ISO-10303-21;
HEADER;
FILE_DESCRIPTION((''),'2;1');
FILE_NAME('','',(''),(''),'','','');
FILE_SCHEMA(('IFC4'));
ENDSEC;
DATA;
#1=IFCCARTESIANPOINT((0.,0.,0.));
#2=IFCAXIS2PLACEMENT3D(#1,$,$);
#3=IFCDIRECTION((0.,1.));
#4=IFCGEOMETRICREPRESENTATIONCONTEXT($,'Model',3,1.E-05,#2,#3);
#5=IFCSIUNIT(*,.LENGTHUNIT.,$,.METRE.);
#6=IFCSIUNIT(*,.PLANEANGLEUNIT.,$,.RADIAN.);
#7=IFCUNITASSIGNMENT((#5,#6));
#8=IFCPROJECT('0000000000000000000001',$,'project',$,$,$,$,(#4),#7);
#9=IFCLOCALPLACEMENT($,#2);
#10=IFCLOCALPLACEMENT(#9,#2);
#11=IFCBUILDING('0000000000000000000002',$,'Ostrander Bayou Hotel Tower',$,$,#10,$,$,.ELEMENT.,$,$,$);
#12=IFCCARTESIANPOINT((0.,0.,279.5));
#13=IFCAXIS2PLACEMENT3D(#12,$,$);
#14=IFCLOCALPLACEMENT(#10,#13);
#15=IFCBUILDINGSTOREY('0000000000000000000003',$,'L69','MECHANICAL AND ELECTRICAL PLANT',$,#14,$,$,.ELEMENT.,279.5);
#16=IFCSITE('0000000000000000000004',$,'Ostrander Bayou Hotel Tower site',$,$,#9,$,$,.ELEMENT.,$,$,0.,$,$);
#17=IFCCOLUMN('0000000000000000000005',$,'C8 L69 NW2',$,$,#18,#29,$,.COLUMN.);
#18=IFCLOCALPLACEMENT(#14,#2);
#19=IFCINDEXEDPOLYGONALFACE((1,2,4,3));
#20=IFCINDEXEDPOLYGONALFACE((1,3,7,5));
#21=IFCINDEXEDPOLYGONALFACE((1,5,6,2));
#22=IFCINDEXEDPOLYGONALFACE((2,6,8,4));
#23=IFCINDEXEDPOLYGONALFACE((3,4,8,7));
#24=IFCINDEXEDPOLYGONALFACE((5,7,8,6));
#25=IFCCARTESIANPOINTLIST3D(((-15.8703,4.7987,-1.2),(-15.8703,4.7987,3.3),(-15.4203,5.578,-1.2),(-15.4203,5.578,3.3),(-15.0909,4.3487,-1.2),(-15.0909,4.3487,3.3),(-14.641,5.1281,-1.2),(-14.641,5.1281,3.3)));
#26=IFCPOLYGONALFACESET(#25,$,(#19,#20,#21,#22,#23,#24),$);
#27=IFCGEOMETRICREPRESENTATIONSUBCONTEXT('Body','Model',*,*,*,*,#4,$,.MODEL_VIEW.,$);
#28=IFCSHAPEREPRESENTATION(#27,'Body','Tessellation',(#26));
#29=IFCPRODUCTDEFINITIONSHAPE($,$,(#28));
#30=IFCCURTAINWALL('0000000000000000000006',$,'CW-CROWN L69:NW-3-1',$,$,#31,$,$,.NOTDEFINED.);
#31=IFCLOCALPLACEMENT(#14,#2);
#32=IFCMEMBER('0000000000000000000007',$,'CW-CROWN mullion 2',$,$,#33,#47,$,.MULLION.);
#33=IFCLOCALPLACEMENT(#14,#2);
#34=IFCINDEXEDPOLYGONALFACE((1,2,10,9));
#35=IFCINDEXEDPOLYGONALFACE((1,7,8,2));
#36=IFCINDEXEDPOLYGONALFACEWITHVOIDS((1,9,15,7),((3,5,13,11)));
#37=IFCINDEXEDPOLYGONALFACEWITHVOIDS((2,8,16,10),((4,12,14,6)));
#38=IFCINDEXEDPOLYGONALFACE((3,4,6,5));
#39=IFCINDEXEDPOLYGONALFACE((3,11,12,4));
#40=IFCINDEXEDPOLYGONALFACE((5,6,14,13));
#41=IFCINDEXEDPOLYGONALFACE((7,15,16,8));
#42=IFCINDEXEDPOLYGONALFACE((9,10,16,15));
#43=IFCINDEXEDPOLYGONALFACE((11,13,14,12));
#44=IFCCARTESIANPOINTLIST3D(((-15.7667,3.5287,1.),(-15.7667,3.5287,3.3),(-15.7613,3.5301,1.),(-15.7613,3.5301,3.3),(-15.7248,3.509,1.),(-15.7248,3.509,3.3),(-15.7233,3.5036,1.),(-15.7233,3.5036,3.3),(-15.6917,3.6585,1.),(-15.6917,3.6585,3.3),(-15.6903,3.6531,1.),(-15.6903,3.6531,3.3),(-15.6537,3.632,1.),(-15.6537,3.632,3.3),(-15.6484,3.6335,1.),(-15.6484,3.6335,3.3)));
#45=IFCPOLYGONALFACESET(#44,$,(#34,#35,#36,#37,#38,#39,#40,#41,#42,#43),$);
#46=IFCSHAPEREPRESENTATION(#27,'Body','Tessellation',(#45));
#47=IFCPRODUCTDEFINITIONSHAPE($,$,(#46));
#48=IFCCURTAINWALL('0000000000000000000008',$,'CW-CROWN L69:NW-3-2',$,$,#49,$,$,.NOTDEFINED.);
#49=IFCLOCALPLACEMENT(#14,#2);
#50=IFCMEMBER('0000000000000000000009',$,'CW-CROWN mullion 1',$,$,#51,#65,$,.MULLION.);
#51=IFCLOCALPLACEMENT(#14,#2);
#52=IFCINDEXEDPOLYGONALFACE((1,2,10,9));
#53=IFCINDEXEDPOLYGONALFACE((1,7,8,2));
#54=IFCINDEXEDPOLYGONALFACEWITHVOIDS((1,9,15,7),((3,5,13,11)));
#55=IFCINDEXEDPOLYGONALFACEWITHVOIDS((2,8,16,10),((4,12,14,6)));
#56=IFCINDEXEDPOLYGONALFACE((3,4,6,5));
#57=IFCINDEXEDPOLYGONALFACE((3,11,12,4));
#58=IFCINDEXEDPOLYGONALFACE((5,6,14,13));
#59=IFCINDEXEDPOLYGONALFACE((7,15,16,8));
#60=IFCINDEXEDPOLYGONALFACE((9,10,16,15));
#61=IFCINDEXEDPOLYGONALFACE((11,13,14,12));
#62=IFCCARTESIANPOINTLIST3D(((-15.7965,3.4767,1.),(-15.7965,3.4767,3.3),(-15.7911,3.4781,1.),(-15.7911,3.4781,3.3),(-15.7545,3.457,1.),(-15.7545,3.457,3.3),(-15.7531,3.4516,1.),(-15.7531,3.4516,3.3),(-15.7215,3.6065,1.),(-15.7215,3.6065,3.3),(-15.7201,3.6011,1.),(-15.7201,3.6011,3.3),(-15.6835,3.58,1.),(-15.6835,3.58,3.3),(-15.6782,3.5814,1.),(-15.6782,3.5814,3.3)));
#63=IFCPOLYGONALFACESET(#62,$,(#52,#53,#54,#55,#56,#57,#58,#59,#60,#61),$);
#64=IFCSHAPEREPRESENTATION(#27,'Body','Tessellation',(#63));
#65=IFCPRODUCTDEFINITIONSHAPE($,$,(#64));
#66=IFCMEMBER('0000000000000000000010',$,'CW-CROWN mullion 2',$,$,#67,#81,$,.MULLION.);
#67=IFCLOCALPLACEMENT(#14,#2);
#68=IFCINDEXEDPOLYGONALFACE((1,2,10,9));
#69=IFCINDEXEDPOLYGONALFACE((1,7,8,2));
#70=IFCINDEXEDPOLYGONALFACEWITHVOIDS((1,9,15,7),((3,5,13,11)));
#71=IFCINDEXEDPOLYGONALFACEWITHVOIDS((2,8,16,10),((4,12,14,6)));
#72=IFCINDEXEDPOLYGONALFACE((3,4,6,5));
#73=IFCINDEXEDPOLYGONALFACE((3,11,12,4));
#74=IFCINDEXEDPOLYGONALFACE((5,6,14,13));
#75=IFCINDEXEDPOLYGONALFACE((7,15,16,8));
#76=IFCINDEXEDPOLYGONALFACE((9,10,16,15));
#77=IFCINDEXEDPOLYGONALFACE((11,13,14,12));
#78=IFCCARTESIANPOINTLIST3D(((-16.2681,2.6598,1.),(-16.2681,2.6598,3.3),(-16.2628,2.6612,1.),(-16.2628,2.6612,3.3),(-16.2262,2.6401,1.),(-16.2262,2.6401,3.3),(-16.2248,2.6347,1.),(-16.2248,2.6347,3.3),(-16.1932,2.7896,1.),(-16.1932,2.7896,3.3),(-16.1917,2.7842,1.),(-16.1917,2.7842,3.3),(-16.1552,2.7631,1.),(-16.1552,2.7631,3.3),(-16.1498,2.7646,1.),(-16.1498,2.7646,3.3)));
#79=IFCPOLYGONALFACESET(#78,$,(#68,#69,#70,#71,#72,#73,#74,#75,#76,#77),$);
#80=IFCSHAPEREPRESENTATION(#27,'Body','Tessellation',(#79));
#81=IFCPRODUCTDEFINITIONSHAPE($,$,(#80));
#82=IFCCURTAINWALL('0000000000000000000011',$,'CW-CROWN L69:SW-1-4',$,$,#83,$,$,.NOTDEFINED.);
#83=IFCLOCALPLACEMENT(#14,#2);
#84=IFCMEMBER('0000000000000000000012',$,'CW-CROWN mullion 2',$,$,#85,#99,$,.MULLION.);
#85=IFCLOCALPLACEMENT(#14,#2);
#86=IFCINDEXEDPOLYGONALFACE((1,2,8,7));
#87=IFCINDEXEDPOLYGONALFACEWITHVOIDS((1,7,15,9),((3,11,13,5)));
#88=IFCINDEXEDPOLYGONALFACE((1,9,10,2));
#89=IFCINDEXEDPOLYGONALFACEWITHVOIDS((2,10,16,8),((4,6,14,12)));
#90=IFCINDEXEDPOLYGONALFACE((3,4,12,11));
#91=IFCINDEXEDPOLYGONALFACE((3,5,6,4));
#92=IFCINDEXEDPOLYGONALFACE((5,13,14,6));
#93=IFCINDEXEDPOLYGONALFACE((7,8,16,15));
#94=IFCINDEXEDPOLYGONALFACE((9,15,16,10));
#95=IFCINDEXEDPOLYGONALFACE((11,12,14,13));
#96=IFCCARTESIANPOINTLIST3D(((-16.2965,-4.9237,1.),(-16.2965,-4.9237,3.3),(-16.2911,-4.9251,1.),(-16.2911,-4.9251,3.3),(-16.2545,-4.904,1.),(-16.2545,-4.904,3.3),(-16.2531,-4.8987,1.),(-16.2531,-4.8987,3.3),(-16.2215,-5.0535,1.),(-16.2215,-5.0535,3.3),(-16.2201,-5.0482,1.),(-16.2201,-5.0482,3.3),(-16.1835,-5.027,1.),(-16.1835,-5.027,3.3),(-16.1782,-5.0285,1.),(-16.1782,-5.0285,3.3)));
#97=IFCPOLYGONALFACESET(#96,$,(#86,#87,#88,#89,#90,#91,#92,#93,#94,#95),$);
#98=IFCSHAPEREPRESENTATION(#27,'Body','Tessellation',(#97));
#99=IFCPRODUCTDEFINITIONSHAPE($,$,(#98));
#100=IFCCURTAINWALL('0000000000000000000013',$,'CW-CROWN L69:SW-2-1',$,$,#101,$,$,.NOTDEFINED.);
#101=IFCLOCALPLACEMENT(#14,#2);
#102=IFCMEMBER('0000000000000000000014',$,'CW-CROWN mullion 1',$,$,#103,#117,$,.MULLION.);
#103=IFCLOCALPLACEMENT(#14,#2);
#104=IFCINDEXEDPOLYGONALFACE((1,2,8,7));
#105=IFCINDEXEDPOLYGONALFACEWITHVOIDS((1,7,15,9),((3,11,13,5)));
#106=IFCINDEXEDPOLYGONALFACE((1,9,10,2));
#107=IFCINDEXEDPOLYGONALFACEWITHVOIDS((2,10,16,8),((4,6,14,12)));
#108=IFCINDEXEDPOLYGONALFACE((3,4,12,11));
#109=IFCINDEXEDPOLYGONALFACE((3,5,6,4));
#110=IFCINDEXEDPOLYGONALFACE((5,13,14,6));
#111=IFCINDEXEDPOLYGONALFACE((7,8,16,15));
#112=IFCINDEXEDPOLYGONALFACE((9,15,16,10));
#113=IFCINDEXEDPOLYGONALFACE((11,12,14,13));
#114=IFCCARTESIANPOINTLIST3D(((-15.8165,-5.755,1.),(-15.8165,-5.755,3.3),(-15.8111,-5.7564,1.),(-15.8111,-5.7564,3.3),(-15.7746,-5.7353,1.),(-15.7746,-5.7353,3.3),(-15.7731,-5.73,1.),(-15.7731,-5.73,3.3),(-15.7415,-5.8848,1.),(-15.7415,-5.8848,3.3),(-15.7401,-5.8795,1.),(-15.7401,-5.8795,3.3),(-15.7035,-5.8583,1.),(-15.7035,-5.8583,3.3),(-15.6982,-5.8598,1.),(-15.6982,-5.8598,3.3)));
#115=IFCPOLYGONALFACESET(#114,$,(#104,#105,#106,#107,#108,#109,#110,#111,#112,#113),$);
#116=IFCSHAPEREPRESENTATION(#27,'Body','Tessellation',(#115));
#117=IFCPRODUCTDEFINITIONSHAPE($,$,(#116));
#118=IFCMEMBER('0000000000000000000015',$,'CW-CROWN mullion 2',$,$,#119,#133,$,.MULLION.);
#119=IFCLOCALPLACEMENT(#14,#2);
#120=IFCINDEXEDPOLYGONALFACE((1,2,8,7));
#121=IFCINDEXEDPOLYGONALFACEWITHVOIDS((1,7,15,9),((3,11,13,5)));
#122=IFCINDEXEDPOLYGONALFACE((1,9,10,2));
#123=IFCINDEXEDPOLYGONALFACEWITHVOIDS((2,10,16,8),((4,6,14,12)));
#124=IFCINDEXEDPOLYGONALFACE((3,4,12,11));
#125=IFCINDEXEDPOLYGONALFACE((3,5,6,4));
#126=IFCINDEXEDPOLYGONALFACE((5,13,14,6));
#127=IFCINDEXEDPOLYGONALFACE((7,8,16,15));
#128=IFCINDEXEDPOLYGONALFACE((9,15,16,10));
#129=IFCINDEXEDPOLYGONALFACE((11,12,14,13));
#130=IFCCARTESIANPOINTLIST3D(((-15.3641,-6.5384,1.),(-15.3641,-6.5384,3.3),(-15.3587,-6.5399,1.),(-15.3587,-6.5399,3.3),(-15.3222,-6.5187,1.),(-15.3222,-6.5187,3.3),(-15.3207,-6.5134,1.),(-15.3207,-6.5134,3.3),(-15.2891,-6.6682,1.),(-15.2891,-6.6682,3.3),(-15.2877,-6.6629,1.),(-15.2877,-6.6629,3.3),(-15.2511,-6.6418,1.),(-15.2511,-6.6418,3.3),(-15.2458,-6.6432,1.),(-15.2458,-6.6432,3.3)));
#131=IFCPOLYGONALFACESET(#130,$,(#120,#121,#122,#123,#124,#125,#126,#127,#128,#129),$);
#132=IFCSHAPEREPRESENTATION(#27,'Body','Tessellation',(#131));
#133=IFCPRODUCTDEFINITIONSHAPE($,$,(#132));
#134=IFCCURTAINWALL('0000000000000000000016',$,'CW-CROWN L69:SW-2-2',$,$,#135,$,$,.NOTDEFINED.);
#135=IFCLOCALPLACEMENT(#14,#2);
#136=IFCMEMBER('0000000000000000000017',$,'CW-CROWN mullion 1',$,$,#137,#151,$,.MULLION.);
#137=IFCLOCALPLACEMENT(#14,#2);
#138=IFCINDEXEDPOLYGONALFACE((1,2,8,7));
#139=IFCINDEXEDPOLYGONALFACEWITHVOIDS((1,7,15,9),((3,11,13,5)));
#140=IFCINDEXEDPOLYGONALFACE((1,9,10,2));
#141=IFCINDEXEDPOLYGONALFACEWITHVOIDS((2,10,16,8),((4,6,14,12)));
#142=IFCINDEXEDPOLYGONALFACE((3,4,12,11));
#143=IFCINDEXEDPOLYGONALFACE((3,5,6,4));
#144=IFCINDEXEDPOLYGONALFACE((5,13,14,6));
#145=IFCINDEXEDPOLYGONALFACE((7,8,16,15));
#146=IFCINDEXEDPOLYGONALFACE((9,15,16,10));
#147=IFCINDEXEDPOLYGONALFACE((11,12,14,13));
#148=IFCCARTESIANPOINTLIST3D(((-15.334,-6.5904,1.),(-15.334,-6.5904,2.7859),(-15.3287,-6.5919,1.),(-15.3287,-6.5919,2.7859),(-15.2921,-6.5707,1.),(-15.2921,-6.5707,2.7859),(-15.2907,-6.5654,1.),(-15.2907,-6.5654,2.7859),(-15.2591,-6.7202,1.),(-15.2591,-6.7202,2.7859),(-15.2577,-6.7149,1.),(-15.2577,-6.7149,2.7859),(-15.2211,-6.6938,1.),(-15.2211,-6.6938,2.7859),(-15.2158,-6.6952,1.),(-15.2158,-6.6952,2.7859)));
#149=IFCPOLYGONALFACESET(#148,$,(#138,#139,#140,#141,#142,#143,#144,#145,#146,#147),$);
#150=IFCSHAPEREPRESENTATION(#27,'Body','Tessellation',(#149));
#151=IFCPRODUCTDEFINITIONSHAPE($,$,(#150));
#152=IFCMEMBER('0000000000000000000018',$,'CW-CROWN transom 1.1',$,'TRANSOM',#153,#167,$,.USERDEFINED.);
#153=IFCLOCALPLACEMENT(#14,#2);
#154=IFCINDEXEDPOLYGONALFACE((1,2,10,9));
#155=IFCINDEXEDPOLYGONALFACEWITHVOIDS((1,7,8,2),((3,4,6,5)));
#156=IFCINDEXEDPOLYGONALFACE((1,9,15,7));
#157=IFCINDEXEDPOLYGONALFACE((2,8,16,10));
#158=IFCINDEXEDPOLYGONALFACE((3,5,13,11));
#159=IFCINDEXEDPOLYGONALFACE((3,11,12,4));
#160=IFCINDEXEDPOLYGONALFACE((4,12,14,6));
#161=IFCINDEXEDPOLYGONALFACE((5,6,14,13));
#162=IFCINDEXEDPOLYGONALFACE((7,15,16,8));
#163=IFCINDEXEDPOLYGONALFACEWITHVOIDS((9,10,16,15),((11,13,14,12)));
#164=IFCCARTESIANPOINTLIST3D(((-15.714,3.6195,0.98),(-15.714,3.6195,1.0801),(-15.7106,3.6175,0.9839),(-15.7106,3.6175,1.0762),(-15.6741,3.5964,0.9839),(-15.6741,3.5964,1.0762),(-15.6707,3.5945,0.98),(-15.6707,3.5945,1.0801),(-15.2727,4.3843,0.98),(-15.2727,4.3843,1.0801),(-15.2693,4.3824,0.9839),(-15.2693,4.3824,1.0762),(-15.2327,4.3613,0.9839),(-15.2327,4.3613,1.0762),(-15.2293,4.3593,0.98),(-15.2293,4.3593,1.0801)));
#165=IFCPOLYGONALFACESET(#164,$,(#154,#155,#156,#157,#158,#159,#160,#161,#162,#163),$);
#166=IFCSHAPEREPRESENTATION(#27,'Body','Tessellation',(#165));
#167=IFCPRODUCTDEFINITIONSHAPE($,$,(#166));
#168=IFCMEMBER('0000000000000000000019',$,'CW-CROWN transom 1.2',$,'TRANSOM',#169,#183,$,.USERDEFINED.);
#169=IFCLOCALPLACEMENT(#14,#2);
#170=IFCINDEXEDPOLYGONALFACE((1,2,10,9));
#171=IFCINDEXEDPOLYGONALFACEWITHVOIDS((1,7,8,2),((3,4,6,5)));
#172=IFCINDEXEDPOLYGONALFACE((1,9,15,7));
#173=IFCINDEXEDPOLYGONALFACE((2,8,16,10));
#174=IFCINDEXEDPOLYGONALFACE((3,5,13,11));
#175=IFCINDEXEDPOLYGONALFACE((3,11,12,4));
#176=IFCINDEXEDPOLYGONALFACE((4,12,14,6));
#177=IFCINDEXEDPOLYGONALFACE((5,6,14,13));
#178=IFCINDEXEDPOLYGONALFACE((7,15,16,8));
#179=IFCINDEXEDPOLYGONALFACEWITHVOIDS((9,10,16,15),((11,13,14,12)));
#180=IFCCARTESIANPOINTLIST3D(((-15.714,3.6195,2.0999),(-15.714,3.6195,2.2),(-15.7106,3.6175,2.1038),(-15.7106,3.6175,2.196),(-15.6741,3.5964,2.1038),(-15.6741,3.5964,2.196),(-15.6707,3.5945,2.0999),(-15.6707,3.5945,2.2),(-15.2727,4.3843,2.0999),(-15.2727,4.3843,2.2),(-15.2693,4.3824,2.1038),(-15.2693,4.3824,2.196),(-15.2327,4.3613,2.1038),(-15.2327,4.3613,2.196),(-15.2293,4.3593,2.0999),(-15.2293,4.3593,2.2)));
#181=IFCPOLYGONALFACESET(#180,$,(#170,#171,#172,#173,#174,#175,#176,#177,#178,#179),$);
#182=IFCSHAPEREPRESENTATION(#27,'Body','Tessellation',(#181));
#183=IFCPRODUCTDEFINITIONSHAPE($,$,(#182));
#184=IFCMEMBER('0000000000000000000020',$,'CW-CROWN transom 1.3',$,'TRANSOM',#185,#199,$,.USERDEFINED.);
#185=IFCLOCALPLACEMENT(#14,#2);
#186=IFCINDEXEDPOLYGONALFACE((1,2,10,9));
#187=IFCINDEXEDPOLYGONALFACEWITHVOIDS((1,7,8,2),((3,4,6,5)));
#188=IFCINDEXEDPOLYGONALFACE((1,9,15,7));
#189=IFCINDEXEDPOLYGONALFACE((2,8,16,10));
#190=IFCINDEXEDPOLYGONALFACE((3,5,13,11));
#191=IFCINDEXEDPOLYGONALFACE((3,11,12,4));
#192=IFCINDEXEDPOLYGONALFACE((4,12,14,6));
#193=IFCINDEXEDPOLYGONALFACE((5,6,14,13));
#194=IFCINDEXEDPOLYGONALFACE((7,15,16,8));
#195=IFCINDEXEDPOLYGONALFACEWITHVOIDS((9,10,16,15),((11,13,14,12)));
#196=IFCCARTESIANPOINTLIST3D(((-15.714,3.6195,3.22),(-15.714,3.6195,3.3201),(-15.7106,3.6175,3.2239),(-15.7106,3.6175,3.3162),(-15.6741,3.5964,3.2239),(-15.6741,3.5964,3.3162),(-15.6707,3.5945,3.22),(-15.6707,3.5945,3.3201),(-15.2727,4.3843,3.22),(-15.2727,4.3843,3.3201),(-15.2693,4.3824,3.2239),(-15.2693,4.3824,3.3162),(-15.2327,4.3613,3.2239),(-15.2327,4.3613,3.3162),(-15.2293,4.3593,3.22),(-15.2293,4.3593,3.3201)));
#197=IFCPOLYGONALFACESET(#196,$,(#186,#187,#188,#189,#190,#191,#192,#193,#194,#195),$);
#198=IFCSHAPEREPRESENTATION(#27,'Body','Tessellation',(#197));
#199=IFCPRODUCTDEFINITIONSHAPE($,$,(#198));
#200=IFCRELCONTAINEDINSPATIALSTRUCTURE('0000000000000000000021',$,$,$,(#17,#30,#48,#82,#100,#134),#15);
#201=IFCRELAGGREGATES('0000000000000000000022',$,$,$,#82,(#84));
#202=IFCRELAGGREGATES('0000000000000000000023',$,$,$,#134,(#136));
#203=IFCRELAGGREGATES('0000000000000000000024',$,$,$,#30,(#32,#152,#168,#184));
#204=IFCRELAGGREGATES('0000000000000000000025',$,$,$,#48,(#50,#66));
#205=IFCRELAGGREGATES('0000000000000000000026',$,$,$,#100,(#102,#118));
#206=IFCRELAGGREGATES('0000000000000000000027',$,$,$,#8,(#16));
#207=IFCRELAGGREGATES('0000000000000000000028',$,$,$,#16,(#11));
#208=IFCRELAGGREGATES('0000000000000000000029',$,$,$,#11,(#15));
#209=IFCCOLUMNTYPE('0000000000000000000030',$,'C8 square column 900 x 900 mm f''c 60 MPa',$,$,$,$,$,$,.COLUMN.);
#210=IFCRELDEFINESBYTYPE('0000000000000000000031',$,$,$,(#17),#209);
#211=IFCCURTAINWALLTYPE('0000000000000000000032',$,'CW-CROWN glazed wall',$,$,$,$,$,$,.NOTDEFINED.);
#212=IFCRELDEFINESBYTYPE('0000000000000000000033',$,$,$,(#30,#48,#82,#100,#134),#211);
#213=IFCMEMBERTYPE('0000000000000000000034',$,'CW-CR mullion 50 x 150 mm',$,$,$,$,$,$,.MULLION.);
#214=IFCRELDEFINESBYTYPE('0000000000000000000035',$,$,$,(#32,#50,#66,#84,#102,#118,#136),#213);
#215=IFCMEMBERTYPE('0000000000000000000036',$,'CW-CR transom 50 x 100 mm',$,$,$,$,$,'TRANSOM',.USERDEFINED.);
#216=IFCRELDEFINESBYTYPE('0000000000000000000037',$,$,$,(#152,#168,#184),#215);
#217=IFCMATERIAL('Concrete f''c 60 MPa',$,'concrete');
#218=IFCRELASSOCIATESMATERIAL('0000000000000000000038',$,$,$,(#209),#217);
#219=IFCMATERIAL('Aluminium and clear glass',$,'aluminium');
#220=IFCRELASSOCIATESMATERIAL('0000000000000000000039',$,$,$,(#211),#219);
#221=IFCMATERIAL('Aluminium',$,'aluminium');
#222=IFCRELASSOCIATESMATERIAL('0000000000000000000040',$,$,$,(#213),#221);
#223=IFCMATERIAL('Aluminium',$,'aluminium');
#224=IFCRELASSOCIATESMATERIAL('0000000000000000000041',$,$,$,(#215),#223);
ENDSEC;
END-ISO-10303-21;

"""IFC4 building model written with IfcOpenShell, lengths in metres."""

from ifc_helpers import new_model, si_unit, direction, frame, origin, origin_2d, place, context, subcontext, project, spatial, rectangle, hollow_rectangle, extrude, material, material_profile, profile_set, type_object, element, aggregate, save


model = new_model("IFC4")

# Units and contexts
model_context = context("Model", 3, precision=1e-05, world=origin(), true_north=direction((0.0, 1.0)))
body_context = subcontext(model_context, "Body", "Model", "MODEL_VIEW")
ifc_project = project(units=[si_unit("LENGTHUNIT", "METRE"), si_unit("PLANEANGLEUNIT", "RADIAN")], contexts=[model_context])

# Site, building, storey
site_placement = place(None, origin())
site = spatial("IfcSite", under=ifc_project, at=site_placement, Name="Ostrander Bayou Hotel Tower site", CompositionType="ELEMENT", RefElevation=0.0)
building_placement = place(site_placement, origin())
building = spatial("IfcBuilding", under=site, at=building_placement, Name="Ostrander Bayou Hotel Tower", CompositionType="ELEMENT")
storey_placement = place(building_placement, frame((0.0, 0.0, 279.5)))
storey = spatial("IfcBuildingStorey", under=building, at=storey_placement, Name="L69", Description="MECHANICAL AND ELECTRICAL PLANT", CompositionType="ELEMENT", Elevation=279.5)

# Column
ifc_material_1 = material(Name="Concrete f'c 60 MPa", Category="concrete")
ifc_material_profile_1 = material_profile(ifc_material_1, rectangle(XDim=0.8999, YDim=0.8999, at=origin_2d()))
ifc_profile_set_1 = profile_set([ifc_material_profile_1], Name="Concrete f'c 60 MPa")
column_type = type_object("IfcColumnType", Name="C8 square column 900 x 900 mm f'c 60 MPa", PredefinedType="COLUMN", material=ifc_profile_set_1)
column_placement = place(storey_placement, frame((-15.2556, 4.9634, -1.2), z_axis=(0.0, 0.0, 1.0), x_axis=(0.5, 0.866025, 0.0)))
element("IfcColumn", 1, at=column_placement, inside=storey, type_object=column_type, Name="C8 L69 NW2", PredefinedType="COLUMN", context=body_context, shape_type="SweptSolid", body=[
    extrude(rectangle(XDim=0.8999, YDim=0.8999, at=origin_2d()), origin(), (0.0, 0.0, 1.0), 4.5),
])

# Curtain wall, member
ifc_material_2 = material(Name="Aluminium and clear glass", Category="aluminium")
curtain_wall_type = type_object("IfcCurtainWallType", Name="CW-CROWN glazed wall", PredefinedType="NOTDEFINED", material=ifc_material_2)
curtain_wall_1_placement = place(storey_placement, origin())
curtain_wall_1 = element("IfcCurtainWall", 2, at=curtain_wall_1_placement, inside=storey, type_object=curtain_wall_type, Name="CW-CROWN L69:NW-3-1", PredefinedType="NOTDEFINED")
ifc_material_3 = material(Name="Aluminium", Category="aluminium")
ifc_material_profile_2 = material_profile(ifc_material_3, hollow_rectangle(XDim=0.05, YDim=0.1499, WallThickness=0.0039, at=origin_2d()))
ifc_profile_set_2 = profile_set([ifc_material_profile_2], Name="Aluminium")
member_type_1 = type_object("IfcMemberType", Name="CW-CR mullion 50 x 150 mm", PredefinedType="MULLION", material=ifc_profile_set_2)
member_1_placement = place(storey_placement, frame((-15.7075, 3.5811, 1.0), z_axis=(0.0, 0.0, 1.0), x_axis=(0.866044, -0.499967, 0.0)))
member_1 = element("IfcMember", 3, at=member_1_placement, type_object=member_type_1, Name="CW-CROWN mullion 2", PredefinedType="MULLION", context=body_context, shape_type="SweptSolid", body=[
    extrude(hollow_rectangle(XDim=0.05, YDim=0.1499, WallThickness=0.0039, at=origin_2d()), origin(), (0.0, 0.0, 1.0), 2.3),
])

# Curtain wall, members
curtain_wall_2_placement = place(storey_placement, origin())
curtain_wall_2 = element("IfcCurtainWall", 4, at=curtain_wall_2_placement, inside=storey, type_object=curtain_wall_type, Name="CW-CROWN L69:NW-3-2", PredefinedType="NOTDEFINED")
member_2_placement = place(storey_placement, frame((-15.7373, 3.5291, 1.0), z_axis=(0.0, 0.0, 1.0), x_axis=(0.866001, -0.500042, 0.0)))
member_2 = element("IfcMember", 5, at=member_2_placement, type_object=member_type_1, Name="CW-CROWN mullion 1", PredefinedType="MULLION", context=body_context, shape_type="SweptSolid", body=[
    extrude(hollow_rectangle(XDim=0.05, YDim=0.1499, WallThickness=0.0039, at=origin_2d()), origin(), (0.0, 0.0, 1.0), 2.3),
])
member_3_placement = place(storey_placement, frame((-16.209, 2.7122, 1.0), z_axis=(0.0, 0.0, 1.0), x_axis=(0.866001, -0.500042, 0.0)))
member_3 = element("IfcMember", 6, at=member_3_placement, type_object=member_type_1, Name="CW-CROWN mullion 2", PredefinedType="MULLION", context=body_context, shape_type="SweptSolid", body=[
    extrude(hollow_rectangle(XDim=0.05, YDim=0.1499, WallThickness=0.0039, at=origin_2d()), origin(), (0.0, 0.0, 1.0), 2.3),
])

# Curtain wall, member
curtain_wall_3_placement = place(storey_placement, origin())
curtain_wall_3 = element("IfcCurtainWall", 7, at=curtain_wall_3_placement, inside=storey, type_object=curtain_wall_type, Name="CW-CROWN L69:SW-1-4", PredefinedType="NOTDEFINED")
member_4_placement = place(storey_placement, frame((-16.2373, -4.9761, 1.0), z_axis=(0.0, 0.0, 1.0), x_axis=(0.866021, 0.500007, 0.0)))
member_4 = element("IfcMember", 8, at=member_4_placement, type_object=member_type_1, Name="CW-CROWN mullion 2", PredefinedType="MULLION", context=body_context, shape_type="SweptSolid", body=[
    extrude(hollow_rectangle(XDim=0.05, YDim=0.1499, WallThickness=0.0039, at=origin_2d()), origin(), (0.0, 0.0, 1.0), 2.3),
])
aggregate(curtain_wall_3, [member_4])

# Curtain wall, members
curtain_wall_4_placement = place(storey_placement, origin())
curtain_wall_4 = element("IfcCurtainWall", 9, at=curtain_wall_4_placement, inside=storey, type_object=curtain_wall_type, Name="CW-CROWN L69:SW-2-1", PredefinedType="NOTDEFINED")
member_5_placement = place(storey_placement, frame((-15.7573, -5.8074, 1.0), z_axis=(0.0, 0.0, 1.0), x_axis=(0.866015, 0.500019, 0.0)))
member_5 = element("IfcMember", 10, at=member_5_placement, type_object=member_type_1, Name="CW-CROWN mullion 1", PredefinedType="MULLION", context=body_context, shape_type="SweptSolid", body=[
    extrude(hollow_rectangle(XDim=0.05, YDim=0.1499, WallThickness=0.0039, at=origin_2d()), origin(), (0.0, 0.0, 1.0), 2.3),
])
member_6_placement = place(storey_placement, frame((-15.3049, -6.5908, 1.0), z_axis=(0.0, 0.0, 1.0), x_axis=(0.866015, 0.500019, 0.0)))
member_6 = element("IfcMember", 11, at=member_6_placement, type_object=member_type_1, Name="CW-CROWN mullion 2", PredefinedType="MULLION", context=body_context, shape_type="SweptSolid", body=[
    extrude(hollow_rectangle(XDim=0.05, YDim=0.1499, WallThickness=0.0039, at=origin_2d()), origin(), (0.0, 0.0, 1.0), 2.3),
])

# Curtain wall, member
curtain_wall_5_placement = place(storey_placement, origin())
curtain_wall_5 = element("IfcCurtainWall", 12, at=curtain_wall_5_placement, inside=storey, type_object=curtain_wall_type, Name="CW-CROWN L69:SW-2-2", PredefinedType="NOTDEFINED")
member_7_placement = place(storey_placement, frame((-15.2749, -6.6428, 1.0), z_axis=(0.0, 0.0, 1.0), x_axis=(0.866041, 0.499974, 0.0)))
member_7 = element("IfcMember", 13, at=member_7_placement, type_object=member_type_1, Name="CW-CROWN mullion 1", PredefinedType="MULLION", context=body_context, shape_type="SweptSolid", body=[
    extrude(hollow_rectangle(XDim=0.05, YDim=0.1499, WallThickness=0.0039, at=origin_2d()), origin(), (0.0, 0.0, 1.0), 1.7859),
])

# Members
ifc_material_4 = material(Name="Aluminium", Category="aluminium")
ifc_material_profile_3 = material_profile(ifc_material_4, hollow_rectangle(XDim=0.05, YDim=0.1001, WallThickness=0.0039, at=origin_2d()))
ifc_profile_set_3 = profile_set([ifc_material_profile_3], Name="Aluminium")
member_type_2 = type_object("IfcMemberType", Name="CW-CR transom 50 x 100 mm", ElementType="TRANSOM", PredefinedType="USERDEFINED", material=ifc_profile_set_3)
member_8_placement = place(storey_placement, frame((-15.251, 4.3718, 1.03), z_axis=(-0.499826, -0.866126, 0.0), x_axis=(0.866126, -0.499826, 0.0)))
member_8 = element("IfcMember", 14, at=member_8_placement, type_object=member_type_2, Name="CW-CROWN transom 1.1", ObjectType="TRANSOM", PredefinedType="USERDEFINED", context=body_context, shape_type="SweptSolid", body=[
    extrude(hollow_rectangle(XDim=0.05, YDim=0.1001, WallThickness=0.0039, at=origin_2d()), origin(), (0.0, 0.0, 1.0), 0.8831),
])
member_9_placement = place(storey_placement, frame((-15.251, 4.3718, 2.1499), z_axis=(-0.499826, -0.866126, 0.0), x_axis=(0.866126, -0.499826, 0.0)))
member_9 = element("IfcMember", 15, at=member_9_placement, type_object=member_type_2, Name="CW-CROWN transom 1.2", ObjectType="TRANSOM", PredefinedType="USERDEFINED", context=body_context, shape_type="SweptSolid", body=[
    extrude(hollow_rectangle(XDim=0.05, YDim=0.1001, WallThickness=0.0039, at=origin_2d()), origin(), (0.0, 0.0, 1.0), 0.8831),
])
member_10_placement = place(storey_placement, frame((-15.251, 4.3718, 3.27), z_axis=(-0.499826, -0.866126, 0.0), x_axis=(0.866126, -0.499826, 0.0)))
member_10 = element("IfcMember", 16, at=member_10_placement, type_object=member_type_2, Name="CW-CROWN transom 1.3", ObjectType="TRANSOM", PredefinedType="USERDEFINED", context=body_context, shape_type="SweptSolid", body=[
    extrude(hollow_rectangle(XDim=0.05, YDim=0.1001, WallThickness=0.0039, at=origin_2d()), origin(), (0.0, 0.0, 1.0), 0.8831),
])
aggregate(curtain_wall_5, [member_7])

aggregate(curtain_wall_1, [member_1, member_8, member_9, member_10])
aggregate(curtain_wall_2, [member_2, member_3])
aggregate(curtain_wall_4, [member_5, member_6])

save(model, "model.ifc")
